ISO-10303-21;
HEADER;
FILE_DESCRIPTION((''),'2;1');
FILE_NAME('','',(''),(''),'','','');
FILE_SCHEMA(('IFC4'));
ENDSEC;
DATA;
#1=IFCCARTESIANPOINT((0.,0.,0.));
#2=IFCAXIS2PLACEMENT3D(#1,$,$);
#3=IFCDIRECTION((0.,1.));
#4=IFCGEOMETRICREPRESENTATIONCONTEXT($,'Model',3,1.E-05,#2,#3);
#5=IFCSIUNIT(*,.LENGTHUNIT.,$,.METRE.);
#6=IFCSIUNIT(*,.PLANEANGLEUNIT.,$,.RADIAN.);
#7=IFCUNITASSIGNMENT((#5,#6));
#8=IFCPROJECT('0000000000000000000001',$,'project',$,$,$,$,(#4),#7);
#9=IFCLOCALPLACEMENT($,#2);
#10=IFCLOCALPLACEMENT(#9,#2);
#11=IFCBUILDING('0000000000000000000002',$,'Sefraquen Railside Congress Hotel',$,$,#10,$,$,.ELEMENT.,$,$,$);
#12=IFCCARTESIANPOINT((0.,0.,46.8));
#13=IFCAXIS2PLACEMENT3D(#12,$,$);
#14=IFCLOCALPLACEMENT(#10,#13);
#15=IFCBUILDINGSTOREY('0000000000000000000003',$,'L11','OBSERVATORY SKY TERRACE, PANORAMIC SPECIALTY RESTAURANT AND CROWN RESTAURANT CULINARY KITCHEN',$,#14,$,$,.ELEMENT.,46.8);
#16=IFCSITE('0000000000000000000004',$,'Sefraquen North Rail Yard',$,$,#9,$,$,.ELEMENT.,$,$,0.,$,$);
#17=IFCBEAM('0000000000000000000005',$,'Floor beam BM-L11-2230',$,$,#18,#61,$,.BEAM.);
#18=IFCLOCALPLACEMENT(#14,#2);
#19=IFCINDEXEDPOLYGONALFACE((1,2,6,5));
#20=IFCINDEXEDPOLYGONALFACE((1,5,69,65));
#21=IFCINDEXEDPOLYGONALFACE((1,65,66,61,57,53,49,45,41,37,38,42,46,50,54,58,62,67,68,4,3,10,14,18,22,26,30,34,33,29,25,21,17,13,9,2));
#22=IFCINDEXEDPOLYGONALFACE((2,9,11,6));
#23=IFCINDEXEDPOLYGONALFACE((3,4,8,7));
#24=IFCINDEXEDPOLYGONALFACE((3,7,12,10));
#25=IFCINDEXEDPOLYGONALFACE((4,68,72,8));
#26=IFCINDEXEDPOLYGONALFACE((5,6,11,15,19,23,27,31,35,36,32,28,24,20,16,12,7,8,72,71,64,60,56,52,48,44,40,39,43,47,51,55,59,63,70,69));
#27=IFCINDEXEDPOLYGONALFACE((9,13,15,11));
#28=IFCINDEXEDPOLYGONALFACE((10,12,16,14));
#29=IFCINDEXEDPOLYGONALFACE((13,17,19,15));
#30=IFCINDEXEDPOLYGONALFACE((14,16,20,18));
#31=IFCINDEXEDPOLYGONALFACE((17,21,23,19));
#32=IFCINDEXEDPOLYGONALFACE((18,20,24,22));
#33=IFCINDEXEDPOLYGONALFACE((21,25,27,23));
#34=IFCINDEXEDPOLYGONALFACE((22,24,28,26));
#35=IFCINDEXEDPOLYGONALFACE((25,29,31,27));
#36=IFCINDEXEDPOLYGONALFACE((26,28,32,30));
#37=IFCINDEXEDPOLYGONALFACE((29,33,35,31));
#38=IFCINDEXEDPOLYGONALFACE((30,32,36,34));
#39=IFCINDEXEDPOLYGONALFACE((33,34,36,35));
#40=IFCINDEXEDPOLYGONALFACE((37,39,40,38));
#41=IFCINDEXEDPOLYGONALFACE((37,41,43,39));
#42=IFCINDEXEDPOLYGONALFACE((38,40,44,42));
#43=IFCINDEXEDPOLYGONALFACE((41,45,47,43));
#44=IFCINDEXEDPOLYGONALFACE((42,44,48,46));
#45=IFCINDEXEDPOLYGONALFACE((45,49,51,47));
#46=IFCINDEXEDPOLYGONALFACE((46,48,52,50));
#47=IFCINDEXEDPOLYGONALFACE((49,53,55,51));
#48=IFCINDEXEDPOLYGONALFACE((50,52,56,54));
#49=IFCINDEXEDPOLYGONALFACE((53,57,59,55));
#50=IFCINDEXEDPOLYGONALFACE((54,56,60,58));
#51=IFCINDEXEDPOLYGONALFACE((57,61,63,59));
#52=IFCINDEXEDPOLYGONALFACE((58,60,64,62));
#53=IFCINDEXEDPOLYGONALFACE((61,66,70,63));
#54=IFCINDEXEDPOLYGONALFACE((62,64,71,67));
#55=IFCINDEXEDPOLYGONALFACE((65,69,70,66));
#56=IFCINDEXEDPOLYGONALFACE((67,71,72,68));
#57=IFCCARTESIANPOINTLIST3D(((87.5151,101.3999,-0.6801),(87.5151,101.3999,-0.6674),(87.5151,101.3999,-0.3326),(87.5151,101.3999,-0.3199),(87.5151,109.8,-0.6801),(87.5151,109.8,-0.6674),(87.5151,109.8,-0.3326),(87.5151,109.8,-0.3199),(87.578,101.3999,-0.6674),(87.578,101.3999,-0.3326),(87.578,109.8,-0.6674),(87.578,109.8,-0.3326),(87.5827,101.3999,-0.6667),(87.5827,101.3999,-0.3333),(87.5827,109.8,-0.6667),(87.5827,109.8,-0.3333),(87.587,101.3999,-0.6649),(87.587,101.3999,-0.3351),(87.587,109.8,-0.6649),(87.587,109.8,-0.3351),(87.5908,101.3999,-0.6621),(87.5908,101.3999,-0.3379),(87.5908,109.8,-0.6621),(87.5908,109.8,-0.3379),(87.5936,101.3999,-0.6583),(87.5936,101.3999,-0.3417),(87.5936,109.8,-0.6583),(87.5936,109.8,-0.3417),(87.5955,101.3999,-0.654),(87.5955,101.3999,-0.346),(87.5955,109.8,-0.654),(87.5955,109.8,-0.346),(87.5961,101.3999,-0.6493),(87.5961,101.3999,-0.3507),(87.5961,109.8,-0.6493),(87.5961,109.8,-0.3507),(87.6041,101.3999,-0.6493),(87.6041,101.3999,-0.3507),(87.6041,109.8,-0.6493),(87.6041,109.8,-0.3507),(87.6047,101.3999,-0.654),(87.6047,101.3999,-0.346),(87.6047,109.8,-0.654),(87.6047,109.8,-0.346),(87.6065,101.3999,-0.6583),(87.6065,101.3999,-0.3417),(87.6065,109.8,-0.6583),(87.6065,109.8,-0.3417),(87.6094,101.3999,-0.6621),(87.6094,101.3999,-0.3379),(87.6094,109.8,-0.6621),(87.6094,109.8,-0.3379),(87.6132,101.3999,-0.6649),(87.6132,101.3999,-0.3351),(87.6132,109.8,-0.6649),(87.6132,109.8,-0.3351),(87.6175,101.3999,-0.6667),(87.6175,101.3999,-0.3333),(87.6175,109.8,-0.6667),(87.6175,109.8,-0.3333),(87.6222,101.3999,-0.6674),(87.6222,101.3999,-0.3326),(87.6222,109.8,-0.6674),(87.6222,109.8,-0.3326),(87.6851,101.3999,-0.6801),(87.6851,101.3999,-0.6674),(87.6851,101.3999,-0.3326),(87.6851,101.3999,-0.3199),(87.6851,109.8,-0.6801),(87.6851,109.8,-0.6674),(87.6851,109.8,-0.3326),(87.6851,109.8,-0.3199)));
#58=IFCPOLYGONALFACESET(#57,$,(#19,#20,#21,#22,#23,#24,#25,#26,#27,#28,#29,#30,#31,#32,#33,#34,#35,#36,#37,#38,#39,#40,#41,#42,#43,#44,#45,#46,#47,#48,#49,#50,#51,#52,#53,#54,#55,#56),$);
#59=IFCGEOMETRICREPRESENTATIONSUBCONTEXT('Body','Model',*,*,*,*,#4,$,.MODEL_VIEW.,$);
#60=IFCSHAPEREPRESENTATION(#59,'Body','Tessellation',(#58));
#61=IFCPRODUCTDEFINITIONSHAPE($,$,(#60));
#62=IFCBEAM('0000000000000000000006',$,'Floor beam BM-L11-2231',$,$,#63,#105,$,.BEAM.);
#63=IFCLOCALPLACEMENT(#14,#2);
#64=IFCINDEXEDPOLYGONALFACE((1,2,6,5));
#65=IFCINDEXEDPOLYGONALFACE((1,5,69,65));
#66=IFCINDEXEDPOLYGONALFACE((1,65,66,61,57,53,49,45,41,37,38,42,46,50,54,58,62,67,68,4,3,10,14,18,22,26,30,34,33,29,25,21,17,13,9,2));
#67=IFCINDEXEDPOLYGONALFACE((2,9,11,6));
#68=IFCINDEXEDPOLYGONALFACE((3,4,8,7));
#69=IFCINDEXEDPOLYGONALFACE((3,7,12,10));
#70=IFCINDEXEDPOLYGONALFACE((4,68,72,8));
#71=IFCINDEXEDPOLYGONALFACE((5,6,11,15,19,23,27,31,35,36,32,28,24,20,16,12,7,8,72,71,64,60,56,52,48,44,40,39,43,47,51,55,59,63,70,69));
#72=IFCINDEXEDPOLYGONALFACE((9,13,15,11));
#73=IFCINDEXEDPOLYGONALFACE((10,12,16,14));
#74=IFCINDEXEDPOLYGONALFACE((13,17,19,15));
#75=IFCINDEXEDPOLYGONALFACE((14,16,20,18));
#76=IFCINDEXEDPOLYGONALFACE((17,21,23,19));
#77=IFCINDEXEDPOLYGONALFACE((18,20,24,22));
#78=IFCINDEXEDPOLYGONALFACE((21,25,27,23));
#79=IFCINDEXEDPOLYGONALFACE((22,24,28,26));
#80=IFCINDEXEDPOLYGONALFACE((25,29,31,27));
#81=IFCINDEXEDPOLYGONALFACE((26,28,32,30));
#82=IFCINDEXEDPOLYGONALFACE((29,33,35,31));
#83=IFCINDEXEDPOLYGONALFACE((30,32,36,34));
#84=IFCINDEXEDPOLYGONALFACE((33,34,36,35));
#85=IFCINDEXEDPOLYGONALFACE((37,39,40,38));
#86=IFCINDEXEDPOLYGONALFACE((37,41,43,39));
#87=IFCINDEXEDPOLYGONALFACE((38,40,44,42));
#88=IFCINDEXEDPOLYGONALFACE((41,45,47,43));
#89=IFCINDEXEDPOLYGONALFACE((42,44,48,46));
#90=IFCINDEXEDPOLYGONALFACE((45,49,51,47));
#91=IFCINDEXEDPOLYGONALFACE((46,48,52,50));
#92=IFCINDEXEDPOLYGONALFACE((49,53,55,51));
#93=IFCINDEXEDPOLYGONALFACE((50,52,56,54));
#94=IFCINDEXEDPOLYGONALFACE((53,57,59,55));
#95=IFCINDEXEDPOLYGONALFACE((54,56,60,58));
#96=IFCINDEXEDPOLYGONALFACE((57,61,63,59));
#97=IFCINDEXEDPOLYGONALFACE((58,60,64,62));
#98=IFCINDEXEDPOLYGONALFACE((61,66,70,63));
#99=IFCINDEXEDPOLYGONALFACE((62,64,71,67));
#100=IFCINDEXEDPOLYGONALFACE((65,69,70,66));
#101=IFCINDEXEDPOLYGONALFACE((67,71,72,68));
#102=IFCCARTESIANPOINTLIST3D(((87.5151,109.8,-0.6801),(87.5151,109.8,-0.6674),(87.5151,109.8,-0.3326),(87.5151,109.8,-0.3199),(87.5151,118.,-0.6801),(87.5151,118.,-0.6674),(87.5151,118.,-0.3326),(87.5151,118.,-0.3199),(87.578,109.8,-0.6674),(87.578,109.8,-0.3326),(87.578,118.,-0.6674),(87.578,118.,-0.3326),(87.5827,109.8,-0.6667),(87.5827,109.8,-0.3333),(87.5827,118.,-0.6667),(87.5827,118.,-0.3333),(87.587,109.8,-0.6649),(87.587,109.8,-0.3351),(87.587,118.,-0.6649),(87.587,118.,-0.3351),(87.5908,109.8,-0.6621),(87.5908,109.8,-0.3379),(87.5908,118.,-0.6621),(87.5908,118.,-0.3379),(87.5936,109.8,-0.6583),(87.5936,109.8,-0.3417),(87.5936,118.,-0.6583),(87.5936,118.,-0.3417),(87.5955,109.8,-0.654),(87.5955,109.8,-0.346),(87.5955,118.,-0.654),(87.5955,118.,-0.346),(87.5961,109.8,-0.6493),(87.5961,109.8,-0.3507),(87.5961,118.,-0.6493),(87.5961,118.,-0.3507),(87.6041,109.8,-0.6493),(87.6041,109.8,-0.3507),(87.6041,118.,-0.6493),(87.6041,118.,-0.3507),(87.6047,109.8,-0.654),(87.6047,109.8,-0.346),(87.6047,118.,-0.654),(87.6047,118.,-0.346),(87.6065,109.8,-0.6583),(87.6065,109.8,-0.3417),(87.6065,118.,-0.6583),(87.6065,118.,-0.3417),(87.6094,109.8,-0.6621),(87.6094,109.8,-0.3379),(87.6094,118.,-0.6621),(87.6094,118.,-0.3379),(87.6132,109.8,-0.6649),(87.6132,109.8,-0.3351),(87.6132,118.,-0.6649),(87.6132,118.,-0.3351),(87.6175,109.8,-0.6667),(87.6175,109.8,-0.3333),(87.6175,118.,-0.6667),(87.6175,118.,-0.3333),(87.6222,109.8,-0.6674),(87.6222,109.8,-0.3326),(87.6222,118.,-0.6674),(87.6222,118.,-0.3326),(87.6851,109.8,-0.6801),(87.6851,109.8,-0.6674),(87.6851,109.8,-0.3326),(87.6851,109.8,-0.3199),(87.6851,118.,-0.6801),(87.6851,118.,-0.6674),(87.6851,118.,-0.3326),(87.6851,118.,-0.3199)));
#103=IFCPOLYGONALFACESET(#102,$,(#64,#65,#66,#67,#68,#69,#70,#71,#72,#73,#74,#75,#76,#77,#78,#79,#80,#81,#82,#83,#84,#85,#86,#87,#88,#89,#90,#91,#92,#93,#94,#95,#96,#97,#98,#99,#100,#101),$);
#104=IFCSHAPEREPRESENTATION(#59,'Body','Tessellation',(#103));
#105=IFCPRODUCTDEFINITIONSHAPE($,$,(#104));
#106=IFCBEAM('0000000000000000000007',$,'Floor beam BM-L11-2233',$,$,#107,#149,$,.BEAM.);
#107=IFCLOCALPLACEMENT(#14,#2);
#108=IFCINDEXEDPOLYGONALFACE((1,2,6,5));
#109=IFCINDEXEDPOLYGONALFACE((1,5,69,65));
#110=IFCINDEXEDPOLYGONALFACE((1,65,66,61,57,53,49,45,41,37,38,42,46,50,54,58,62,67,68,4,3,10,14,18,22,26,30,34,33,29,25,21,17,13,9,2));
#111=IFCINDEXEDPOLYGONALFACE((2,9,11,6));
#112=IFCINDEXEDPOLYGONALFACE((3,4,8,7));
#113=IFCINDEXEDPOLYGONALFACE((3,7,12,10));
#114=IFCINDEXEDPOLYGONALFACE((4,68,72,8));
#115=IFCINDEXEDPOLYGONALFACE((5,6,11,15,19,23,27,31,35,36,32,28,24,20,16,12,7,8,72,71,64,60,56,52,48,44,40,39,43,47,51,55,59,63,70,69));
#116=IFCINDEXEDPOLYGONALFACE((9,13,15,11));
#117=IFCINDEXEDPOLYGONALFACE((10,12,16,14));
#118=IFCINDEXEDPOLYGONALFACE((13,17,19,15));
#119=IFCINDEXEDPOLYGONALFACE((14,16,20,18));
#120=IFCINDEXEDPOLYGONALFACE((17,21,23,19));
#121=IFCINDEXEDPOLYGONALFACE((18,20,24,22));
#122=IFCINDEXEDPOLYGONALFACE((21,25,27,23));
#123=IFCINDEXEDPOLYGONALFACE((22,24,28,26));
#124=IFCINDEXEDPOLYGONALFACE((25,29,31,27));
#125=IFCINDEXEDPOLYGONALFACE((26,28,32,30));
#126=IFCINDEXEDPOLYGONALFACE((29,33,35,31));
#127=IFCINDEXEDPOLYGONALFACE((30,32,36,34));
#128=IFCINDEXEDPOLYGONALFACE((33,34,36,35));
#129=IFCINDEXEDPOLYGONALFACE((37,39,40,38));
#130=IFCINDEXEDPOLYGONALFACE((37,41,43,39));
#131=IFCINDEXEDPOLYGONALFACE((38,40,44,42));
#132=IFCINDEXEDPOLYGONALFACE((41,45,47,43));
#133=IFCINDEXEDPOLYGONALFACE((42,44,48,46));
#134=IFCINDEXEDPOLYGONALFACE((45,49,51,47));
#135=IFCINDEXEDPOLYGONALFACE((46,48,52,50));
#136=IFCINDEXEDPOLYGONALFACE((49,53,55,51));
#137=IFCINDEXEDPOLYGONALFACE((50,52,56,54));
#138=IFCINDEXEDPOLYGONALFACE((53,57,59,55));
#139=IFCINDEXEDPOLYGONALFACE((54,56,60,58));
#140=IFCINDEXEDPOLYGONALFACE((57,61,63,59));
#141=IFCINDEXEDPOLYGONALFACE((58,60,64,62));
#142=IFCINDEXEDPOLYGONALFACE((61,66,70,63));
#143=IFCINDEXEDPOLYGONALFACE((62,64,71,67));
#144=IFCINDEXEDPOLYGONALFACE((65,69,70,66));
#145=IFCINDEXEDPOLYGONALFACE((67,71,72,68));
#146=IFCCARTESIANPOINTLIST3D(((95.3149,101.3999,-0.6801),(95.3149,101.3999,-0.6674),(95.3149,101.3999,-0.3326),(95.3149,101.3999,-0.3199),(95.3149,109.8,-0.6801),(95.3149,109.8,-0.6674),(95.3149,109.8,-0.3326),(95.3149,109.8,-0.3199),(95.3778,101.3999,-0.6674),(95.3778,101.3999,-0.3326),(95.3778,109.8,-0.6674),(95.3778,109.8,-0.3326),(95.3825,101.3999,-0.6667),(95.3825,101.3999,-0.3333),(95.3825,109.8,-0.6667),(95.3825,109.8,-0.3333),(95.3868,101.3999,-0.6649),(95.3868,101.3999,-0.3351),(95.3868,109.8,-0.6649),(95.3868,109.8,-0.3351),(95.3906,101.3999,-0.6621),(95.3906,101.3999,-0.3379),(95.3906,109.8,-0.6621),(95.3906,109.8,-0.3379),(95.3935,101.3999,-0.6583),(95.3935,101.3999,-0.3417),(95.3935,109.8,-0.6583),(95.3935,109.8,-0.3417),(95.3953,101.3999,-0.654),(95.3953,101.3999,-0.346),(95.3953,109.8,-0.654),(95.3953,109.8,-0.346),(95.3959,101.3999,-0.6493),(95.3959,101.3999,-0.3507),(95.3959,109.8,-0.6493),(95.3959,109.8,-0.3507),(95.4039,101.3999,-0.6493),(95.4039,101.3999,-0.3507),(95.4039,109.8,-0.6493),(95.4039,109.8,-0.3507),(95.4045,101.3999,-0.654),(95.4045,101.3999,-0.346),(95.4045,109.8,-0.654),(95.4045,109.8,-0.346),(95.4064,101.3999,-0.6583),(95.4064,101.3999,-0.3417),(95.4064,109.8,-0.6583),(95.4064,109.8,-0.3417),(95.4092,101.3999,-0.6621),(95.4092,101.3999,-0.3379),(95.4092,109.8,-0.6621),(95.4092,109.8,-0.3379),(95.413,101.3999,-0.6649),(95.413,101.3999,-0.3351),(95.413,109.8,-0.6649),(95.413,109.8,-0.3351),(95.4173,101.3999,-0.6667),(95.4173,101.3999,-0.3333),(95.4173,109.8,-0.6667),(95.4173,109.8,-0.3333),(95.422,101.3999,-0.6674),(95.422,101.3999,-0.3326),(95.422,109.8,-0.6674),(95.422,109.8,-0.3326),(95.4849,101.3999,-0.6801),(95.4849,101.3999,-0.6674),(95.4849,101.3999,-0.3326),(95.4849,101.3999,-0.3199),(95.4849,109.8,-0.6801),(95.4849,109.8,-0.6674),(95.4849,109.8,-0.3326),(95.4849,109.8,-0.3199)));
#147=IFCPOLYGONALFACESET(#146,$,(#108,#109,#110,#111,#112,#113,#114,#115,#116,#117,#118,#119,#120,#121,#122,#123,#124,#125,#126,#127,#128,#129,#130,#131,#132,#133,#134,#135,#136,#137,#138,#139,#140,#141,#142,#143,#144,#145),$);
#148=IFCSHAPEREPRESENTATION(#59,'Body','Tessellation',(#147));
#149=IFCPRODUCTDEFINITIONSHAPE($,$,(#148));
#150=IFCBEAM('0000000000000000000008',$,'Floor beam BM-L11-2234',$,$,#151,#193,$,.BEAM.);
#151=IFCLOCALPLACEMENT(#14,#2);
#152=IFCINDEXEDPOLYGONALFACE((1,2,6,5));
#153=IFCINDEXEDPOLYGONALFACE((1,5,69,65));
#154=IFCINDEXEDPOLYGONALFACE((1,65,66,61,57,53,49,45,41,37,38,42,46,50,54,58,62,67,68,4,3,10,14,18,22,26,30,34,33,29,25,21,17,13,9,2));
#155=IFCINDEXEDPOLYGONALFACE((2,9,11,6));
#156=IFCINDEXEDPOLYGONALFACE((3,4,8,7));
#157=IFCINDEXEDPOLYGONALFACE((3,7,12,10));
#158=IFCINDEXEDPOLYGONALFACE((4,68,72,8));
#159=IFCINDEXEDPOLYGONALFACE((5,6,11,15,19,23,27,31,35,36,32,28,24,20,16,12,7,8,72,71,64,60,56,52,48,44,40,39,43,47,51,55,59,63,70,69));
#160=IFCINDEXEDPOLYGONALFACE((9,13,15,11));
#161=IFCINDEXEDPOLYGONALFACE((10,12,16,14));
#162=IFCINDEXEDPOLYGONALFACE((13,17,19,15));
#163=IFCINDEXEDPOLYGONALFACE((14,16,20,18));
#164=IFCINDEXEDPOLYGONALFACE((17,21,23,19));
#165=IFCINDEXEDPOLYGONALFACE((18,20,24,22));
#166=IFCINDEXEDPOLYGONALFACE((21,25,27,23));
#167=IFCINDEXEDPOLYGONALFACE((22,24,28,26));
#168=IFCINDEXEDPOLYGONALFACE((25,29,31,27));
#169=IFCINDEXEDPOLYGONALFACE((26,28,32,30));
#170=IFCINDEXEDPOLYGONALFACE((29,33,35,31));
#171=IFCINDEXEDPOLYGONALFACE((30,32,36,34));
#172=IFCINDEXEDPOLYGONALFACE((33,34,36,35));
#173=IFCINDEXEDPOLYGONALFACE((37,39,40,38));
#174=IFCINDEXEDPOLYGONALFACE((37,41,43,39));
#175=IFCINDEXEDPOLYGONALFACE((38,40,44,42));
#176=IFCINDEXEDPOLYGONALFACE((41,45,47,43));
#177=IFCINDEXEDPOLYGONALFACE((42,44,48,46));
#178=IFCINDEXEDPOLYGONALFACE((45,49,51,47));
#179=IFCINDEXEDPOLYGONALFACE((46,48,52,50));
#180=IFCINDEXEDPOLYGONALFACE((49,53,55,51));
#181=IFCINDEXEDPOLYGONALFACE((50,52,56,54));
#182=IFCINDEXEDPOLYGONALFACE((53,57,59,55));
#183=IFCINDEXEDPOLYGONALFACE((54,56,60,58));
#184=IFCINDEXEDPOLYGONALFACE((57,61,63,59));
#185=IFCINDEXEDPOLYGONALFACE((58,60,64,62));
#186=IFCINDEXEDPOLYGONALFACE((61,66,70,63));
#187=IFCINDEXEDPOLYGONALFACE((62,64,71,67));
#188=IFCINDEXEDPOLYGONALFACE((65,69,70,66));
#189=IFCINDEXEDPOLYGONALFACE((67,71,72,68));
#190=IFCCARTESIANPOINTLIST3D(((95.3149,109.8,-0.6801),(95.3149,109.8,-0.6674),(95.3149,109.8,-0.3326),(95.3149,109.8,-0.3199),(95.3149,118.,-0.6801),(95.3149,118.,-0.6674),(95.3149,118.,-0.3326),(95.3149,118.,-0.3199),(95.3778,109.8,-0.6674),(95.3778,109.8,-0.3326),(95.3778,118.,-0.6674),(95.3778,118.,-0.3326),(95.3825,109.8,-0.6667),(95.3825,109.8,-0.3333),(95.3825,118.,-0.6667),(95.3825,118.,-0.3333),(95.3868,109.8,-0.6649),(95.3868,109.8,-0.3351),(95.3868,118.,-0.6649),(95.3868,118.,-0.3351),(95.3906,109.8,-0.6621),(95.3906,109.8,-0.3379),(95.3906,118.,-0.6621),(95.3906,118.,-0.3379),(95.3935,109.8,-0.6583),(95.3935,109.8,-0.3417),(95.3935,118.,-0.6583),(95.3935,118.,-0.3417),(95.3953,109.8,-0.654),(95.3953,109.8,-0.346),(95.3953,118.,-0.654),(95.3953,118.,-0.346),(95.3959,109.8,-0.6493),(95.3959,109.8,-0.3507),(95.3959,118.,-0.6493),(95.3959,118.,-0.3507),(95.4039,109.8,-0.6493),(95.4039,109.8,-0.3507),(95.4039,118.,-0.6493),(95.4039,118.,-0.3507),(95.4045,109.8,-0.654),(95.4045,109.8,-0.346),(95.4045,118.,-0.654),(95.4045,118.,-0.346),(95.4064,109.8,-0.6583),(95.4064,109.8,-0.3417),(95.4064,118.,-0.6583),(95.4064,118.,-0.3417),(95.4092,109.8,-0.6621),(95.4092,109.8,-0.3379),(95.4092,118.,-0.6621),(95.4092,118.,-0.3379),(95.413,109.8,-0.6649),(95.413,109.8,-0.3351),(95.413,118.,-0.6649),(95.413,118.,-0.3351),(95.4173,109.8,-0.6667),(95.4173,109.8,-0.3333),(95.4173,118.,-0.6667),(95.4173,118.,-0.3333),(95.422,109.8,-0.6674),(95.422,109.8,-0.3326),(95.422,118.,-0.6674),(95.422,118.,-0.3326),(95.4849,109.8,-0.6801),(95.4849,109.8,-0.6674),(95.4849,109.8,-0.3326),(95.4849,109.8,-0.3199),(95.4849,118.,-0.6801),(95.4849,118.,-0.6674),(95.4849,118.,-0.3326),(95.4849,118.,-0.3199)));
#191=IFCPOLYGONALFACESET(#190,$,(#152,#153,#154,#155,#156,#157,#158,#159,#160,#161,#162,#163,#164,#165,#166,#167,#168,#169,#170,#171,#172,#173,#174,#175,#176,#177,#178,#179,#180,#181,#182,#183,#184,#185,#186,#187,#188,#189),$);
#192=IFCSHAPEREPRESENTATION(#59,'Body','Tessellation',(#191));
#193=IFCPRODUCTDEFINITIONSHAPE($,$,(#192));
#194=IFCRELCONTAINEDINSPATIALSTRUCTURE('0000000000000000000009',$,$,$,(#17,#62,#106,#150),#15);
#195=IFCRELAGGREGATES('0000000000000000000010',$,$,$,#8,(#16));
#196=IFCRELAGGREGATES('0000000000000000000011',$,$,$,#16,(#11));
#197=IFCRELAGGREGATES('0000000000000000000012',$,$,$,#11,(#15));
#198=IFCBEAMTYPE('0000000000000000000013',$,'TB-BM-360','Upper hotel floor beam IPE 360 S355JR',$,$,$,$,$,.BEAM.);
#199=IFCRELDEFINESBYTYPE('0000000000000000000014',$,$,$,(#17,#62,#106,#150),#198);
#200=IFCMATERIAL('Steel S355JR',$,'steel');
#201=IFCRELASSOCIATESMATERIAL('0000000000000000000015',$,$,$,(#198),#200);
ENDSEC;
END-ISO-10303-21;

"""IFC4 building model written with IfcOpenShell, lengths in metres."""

from ifc_helpers import new_model, si_unit, direction, frame, origin, origin_2d, place, context, subcontext, project, spatial, i_section, extrude, material, material_profile, profile_set, type_object, element, save


model = new_model("IFC4")

# Units and contexts
model_context = context("Model", 3, precision=1e-05, world=origin(), true_north=direction((0.0, 1.0)))
body_context = subcontext(model_context, "Body", "Model", "MODEL_VIEW")
ifc_project = project(units=[si_unit("LENGTHUNIT", "METRE"), si_unit("PLANEANGLEUNIT", "RADIAN")], contexts=[model_context])

# Site, building, storey
site_placement = place(None, origin())
site = spatial("IfcSite", under=ifc_project, at=site_placement, Name="Sefraquen North Rail Yard", CompositionType="ELEMENT", RefElevation=0.0)
building_placement = place(site_placement, origin())
building = spatial("IfcBuilding", under=site, at=building_placement, Name="Sefraquen Railside Congress Hotel", CompositionType="ELEMENT")
storey_placement = place(building_placement, frame((0.0, 0.0, 46.8)))
storey = spatial("IfcBuildingStorey", under=building, at=storey_placement, Name="L11", Description="OBSERVATORY SKY TERRACE, PANORAMIC SPECIALTY RESTAURANT AND CROWN RESTAURANT CULINARY KITCHEN", CompositionType="ELEMENT", Elevation=46.8)

# Shared definitions
ifc_material_1 = material(Name="Steel S355JR", Category="steel")

# Beams
ifc_material_profile_1 = material_profile(ifc_material_1, i_section(OverallWidth=0.1699, OverallDepth=0.3601, WebThickness=0.0081, FlangeThickness=0.0127, FilletRadius=0.0181, at=origin_2d()), Name="IPE 360")
ifc_profile_set_1 = profile_set([ifc_material_profile_1], Name="Steel S355JR")
beam_type_1 = type_object("IfcBeamType", Name="TB-BM-360", Description="Upper hotel floor beam IPE 360 S355JR", PredefinedType="BEAM", material=ifc_profile_set_1)
beam_1_placement = place(storey_placement, frame((87.6001, 101.3999, -0.5), z_axis=(0.0, 1.0, 0.0), x_axis=(-1.0, 0.0, 0.0)))
element("IfcBeam", 1, at=beam_1_placement, inside=storey, type_object=beam_type_1, Name="Floor beam BM-L11-2230", PredefinedType="BEAM", context=body_context, shape_type="SweptSolid", body=[
    extrude(i_section(OverallWidth=0.1699, OverallDepth=0.3601, WebThickness=0.0081, FlangeThickness=0.0127, FilletRadius=0.0181, at=origin_2d()), origin(), (0.0, 0.0, 1.0), 8.4001),
])
beam_2_placement = place(storey_placement, frame((87.6001, 109.8, -0.5), z_axis=(0.0, 1.0, 0.0), x_axis=(-1.0, 0.0, 0.0)))
element("IfcBeam", 2, at=beam_2_placement, inside=storey, type_object=beam_type_1, Name="Floor beam BM-L11-2231", PredefinedType="BEAM", context=body_context, shape_type="SweptSolid", body=[
    extrude(i_section(OverallWidth=0.1699, OverallDepth=0.3601, WebThickness=0.0081, FlangeThickness=0.0127, FilletRadius=0.0181, at=origin_2d()), origin(), (0.0, 0.0, 1.0), 8.2),
])
beam_3_placement = place(storey_placement, frame((95.3999, 101.3999, -0.5), z_axis=(0.0, 1.0, 0.0), x_axis=(-1.0, 0.0, 0.0)))
element("IfcBeam", 3, at=beam_3_placement, inside=storey, type_object=beam_type_1, Name="Floor beam BM-L11-2233", PredefinedType="BEAM", context=body_context, shape_type="SweptSolid", body=[
    extrude(i_section(OverallWidth=0.1699, OverallDepth=0.3601, WebThickness=0.0081, FlangeThickness=0.0127, FilletRadius=0.0181, at=origin_2d()), origin(), (0.0, 0.0, 1.0), 8.4001),
])
beam_4_placement = place(storey_placement, frame((95.3999, 109.8, -0.5), z_axis=(0.0, 1.0, 0.0), x_axis=(-1.0, 0.0, 0.0)))
element("IfcBeam", 4, at=beam_4_placement, inside=storey, type_object=beam_type_1, Name="Floor beam BM-L11-2234", PredefinedType="BEAM", context=body_context, shape_type="SweptSolid", body=[
    extrude(i_section(OverallWidth=0.1699, OverallDepth=0.3601, WebThickness=0.0081, FlangeThickness=0.0127, FilletRadius=0.0181, at=origin_2d()), origin(), (0.0, 0.0, 1.0), 8.2),
])

save(model, "model.ifc")
